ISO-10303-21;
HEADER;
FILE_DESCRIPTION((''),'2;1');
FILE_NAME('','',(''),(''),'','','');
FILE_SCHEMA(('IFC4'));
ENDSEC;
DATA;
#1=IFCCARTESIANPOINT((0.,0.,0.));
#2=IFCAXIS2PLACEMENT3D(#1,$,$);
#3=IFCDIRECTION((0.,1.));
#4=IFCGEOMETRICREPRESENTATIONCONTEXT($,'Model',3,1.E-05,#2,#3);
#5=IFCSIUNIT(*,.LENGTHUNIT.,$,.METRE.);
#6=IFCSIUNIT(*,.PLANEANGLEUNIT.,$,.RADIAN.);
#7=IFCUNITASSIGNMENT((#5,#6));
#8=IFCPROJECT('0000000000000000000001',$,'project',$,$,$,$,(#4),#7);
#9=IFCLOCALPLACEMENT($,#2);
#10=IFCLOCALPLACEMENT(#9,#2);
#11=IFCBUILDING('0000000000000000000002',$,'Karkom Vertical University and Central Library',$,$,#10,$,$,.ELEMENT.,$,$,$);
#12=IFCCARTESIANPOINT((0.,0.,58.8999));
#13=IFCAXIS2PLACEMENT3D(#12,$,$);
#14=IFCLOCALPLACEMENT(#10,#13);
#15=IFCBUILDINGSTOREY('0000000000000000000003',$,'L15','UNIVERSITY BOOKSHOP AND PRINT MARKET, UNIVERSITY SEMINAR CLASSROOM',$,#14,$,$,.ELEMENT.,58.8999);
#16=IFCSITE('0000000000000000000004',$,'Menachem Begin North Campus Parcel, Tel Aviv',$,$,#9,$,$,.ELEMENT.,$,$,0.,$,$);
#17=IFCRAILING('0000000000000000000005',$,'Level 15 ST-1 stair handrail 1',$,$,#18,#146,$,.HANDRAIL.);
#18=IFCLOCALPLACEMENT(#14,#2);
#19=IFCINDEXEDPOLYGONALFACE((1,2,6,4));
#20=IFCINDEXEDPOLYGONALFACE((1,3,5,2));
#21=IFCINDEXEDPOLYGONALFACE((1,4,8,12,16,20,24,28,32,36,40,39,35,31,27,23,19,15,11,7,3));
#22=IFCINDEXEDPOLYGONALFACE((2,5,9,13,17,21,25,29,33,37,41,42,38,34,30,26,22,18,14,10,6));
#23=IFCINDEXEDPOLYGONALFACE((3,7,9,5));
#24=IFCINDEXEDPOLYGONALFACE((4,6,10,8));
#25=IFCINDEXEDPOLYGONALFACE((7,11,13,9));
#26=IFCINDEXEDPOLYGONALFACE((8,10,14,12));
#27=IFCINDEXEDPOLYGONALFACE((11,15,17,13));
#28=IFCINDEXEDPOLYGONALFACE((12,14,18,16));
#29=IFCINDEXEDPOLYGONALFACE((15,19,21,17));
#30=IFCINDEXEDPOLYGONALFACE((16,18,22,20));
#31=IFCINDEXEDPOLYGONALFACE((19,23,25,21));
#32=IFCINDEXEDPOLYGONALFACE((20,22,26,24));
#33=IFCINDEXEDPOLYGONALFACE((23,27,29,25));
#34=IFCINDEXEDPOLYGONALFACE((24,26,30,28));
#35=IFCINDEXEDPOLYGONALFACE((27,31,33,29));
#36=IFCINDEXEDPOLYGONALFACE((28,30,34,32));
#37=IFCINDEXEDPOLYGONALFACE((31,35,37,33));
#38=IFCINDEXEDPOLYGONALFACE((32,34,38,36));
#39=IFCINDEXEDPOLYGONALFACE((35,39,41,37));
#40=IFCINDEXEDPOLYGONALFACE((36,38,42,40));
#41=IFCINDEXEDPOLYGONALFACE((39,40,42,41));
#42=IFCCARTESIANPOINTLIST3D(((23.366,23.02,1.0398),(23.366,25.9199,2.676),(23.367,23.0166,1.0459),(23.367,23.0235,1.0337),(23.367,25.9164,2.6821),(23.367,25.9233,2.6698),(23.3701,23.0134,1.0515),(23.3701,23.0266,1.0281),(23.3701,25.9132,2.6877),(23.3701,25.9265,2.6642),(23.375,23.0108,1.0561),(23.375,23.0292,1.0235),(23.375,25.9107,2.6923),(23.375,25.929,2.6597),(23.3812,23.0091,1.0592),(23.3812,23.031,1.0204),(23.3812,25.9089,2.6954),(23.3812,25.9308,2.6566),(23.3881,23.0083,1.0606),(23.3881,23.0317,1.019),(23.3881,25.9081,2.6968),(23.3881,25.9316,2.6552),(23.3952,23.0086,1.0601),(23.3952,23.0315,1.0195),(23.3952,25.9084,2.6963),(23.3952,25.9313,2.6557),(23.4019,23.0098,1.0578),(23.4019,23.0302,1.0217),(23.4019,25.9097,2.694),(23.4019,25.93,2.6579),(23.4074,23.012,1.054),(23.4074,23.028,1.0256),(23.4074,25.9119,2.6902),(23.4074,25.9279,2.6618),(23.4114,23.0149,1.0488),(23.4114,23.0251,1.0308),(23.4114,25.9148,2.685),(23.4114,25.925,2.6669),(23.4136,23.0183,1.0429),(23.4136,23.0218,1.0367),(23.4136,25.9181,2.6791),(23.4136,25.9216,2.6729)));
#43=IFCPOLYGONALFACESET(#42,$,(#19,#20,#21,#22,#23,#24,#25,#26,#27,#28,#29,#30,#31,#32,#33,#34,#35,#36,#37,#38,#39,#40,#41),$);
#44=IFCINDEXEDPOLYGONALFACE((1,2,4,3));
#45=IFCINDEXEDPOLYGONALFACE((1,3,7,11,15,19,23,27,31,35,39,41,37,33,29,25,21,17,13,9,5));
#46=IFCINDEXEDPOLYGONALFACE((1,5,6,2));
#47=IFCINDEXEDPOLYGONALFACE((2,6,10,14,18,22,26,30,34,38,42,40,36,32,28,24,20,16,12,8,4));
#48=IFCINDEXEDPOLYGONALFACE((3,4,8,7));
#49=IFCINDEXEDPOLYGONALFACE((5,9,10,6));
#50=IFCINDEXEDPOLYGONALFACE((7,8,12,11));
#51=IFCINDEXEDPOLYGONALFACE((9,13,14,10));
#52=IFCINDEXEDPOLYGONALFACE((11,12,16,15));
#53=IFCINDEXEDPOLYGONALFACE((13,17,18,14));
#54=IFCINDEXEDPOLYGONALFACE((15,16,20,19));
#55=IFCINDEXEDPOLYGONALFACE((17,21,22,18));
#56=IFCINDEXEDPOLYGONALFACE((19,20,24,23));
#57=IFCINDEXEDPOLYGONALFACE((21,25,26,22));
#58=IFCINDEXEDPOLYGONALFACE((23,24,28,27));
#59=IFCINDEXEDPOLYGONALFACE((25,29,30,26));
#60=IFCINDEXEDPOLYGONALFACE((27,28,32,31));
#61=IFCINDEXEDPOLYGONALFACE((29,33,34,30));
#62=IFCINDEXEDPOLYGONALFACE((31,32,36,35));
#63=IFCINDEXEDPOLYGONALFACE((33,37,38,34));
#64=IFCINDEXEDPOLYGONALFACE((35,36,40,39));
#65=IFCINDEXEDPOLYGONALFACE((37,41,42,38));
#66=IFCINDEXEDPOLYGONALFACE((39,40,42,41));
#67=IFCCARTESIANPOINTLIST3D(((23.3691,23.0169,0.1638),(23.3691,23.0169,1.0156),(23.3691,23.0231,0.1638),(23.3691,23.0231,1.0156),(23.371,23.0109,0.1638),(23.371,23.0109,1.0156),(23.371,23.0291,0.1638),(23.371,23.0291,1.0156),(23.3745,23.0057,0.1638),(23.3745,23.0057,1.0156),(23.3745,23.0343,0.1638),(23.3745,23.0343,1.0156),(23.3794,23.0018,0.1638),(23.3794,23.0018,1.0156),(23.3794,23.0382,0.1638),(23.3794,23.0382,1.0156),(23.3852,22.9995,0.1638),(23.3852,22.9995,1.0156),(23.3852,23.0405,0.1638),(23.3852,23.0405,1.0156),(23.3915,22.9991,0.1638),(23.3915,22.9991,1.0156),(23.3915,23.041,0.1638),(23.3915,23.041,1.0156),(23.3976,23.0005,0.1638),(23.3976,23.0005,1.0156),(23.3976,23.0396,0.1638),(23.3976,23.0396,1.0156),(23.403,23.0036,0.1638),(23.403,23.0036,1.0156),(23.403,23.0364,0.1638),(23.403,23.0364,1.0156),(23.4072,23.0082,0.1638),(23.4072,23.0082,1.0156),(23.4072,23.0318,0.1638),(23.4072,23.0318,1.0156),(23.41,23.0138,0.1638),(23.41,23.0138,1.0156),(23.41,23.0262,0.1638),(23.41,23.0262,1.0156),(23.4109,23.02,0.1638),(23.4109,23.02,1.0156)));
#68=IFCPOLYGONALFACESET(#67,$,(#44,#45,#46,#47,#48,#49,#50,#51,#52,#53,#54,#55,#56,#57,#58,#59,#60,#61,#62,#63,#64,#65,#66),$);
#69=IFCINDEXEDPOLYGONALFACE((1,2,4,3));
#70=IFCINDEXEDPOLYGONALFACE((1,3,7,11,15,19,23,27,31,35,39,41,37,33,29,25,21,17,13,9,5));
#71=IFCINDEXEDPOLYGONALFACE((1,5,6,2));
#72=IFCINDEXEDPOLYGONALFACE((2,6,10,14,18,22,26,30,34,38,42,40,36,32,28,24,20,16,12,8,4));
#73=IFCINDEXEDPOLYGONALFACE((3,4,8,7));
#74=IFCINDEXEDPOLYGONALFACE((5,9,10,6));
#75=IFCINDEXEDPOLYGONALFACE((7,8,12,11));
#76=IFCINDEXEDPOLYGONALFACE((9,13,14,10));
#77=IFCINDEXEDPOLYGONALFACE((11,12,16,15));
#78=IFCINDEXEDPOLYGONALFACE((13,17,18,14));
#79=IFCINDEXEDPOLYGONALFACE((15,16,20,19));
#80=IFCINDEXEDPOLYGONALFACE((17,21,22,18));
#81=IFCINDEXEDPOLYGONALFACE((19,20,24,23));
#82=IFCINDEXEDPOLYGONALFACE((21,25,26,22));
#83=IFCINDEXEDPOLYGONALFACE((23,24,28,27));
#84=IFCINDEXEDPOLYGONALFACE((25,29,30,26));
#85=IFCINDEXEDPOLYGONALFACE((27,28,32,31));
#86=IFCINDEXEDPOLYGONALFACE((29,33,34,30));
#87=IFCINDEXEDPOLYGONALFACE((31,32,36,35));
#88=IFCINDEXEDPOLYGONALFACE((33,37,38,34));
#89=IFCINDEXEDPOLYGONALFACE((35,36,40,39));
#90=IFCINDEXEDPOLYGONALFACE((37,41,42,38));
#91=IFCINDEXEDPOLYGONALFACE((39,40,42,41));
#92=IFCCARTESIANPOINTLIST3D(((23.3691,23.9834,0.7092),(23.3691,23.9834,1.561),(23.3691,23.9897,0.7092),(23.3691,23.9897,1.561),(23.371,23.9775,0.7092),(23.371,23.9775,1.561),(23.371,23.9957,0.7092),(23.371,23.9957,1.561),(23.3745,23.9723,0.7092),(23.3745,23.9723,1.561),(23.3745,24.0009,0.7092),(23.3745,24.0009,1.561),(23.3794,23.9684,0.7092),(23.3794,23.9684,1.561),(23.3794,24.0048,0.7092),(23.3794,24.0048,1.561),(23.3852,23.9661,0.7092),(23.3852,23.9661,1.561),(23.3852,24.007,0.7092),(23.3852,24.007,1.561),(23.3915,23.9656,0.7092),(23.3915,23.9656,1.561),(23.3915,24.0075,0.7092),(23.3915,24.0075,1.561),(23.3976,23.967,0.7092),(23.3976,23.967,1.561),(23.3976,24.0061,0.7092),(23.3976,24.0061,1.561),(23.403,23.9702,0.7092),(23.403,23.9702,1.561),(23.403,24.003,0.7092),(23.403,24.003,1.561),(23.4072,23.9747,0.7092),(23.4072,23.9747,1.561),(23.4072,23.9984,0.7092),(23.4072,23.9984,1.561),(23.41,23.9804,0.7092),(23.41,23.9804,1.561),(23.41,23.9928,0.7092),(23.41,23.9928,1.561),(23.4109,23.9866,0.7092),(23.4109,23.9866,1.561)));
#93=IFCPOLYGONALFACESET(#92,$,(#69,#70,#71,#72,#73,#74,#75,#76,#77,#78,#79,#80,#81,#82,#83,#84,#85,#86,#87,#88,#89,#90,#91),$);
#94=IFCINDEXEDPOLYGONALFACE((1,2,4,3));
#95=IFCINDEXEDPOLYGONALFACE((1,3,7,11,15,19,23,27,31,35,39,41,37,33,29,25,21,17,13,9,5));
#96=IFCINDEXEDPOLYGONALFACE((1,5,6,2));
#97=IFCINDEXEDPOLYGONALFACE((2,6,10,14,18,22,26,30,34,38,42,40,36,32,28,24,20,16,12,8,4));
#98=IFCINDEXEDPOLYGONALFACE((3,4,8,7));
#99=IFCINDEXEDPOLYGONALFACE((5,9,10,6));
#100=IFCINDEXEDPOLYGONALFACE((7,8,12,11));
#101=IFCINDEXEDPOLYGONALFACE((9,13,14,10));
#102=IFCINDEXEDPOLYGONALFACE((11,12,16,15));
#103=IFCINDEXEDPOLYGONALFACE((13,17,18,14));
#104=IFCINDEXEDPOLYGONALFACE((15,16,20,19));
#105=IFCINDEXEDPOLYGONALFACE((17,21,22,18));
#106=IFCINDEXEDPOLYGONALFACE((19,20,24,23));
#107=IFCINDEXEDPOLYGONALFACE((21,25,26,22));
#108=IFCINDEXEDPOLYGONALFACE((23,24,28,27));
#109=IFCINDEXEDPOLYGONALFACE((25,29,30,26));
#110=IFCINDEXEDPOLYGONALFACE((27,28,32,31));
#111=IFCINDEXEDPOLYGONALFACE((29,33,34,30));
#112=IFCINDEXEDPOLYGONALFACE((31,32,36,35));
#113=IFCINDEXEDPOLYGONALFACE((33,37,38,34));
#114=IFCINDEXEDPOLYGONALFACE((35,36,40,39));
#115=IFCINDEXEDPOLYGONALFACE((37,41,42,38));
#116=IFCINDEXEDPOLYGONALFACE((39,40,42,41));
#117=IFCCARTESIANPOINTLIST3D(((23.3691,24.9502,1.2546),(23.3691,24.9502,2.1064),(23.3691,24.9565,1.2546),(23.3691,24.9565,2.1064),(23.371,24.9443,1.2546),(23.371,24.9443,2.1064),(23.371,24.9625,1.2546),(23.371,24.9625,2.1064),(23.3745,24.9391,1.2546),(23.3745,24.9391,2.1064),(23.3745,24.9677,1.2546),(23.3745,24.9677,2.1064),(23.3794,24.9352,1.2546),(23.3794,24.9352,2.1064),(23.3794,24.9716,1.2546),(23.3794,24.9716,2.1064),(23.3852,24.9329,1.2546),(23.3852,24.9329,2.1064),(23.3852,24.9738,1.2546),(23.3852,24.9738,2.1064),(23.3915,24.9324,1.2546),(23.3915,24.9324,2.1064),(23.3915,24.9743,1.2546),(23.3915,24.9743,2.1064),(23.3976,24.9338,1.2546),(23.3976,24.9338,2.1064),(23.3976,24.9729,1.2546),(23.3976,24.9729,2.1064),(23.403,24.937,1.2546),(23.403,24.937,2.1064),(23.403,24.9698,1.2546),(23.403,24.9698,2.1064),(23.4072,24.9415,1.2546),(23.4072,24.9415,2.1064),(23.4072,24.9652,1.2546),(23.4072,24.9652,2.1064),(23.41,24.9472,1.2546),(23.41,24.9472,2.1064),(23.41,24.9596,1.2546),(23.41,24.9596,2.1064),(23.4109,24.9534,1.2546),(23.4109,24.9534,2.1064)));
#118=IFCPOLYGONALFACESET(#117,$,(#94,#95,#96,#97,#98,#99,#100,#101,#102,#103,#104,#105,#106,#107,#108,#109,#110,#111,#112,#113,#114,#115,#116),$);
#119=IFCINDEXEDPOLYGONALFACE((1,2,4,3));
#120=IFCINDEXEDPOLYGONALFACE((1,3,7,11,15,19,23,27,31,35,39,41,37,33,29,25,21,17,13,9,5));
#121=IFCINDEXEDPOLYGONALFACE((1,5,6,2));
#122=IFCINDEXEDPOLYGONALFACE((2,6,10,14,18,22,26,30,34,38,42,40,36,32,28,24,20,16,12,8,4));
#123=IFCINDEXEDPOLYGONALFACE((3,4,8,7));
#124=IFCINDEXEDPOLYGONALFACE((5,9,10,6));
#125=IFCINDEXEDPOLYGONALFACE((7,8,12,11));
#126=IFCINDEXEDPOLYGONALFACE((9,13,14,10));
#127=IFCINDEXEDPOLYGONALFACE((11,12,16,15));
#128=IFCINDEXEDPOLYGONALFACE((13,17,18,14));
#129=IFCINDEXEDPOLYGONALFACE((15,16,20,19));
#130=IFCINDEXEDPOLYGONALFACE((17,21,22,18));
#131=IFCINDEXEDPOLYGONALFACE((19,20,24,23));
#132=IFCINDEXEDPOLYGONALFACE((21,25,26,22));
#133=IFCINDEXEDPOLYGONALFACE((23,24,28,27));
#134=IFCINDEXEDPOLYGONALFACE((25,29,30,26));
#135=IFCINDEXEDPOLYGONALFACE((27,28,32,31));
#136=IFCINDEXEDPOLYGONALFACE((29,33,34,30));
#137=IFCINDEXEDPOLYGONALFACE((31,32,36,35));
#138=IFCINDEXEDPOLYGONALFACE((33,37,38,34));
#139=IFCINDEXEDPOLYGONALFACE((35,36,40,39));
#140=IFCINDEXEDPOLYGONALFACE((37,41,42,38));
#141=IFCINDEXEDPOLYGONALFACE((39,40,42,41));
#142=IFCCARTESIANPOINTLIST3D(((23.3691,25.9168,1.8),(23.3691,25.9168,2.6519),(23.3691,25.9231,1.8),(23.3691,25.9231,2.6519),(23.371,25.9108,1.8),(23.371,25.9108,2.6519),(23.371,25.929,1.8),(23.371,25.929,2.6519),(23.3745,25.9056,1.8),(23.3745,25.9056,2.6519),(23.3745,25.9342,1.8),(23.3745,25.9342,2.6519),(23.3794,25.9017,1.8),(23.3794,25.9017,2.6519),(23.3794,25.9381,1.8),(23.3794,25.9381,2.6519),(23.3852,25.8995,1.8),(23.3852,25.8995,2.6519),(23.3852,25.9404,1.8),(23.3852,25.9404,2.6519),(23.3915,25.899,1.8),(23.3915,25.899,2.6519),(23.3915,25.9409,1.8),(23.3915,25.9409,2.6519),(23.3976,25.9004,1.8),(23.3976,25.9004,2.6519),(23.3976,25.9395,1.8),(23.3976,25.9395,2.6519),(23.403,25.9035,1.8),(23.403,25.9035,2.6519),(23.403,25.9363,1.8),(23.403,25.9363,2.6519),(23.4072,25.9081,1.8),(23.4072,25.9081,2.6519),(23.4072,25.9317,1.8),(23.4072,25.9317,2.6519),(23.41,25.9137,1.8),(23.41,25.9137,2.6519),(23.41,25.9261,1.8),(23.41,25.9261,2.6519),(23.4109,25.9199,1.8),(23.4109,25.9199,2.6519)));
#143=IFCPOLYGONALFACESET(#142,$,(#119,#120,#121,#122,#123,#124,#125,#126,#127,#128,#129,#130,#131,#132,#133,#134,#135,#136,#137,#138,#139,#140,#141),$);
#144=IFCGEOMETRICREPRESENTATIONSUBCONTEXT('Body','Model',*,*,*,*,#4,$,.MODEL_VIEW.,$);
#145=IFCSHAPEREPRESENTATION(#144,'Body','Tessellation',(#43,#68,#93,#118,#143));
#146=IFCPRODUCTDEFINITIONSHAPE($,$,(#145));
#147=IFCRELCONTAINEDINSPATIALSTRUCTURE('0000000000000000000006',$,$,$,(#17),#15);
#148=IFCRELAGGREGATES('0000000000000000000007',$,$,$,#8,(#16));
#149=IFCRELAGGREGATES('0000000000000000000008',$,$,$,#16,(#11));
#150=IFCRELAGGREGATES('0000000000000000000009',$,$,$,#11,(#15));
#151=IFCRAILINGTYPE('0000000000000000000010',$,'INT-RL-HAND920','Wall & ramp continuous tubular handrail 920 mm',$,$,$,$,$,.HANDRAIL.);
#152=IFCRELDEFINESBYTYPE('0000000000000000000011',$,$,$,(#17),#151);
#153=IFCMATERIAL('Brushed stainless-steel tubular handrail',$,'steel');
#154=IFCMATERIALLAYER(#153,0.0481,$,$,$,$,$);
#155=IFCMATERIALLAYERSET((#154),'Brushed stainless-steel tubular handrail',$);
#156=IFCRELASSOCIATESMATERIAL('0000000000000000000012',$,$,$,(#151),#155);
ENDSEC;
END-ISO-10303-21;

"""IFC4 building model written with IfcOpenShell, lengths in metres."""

from ifc_helpers import new_model, si_unit, direction, frame, origin, origin_2d, place, context, subcontext, project, spatial, circle, extrude, material, layer, layer_set, type_object, element, save


model = new_model("IFC4")

# Units and contexts
model_context = context("Model", 3, precision=1e-05, world=origin(), true_north=direction((0.0, 1.0)))
body_context = subcontext(model_context, "Body", "Model", "MODEL_VIEW")
ifc_project = project(units=[si_unit("LENGTHUNIT", "METRE"), si_unit("PLANEANGLEUNIT", "RADIAN")], contexts=[model_context])

# Site, building, storey
site_placement = place(None, origin())
site = spatial("IfcSite", under=ifc_project, at=site_placement, Name="Menachem Begin North Campus Parcel, Tel Aviv", CompositionType="ELEMENT", RefElevation=0.0)
building_placement = place(site_placement, origin())
building = spatial("IfcBuilding", under=site, at=building_placement, Name="Karkom Vertical University and Central Library", CompositionType="ELEMENT")
storey_placement = place(building_placement, frame((0.0, 0.0, 58.8999)))
storey = spatial("IfcBuildingStorey", under=building, at=storey_placement, Name="L15", Description="UNIVERSITY BOOKSHOP AND PRINT MARKET, UNIVERSITY SEMINAR CLASSROOM", CompositionType="ELEMENT", Elevation=58.8999)

# Railing
ifc_material_1 = material(Name="Brushed stainless-steel tubular handrail", Category="steel")
ifc_layer_1 = layer(ifc_material_1, 0.0481)
ifc_layer_set_1 = layer_set([ifc_layer_1], Name="Brushed stainless-steel tubular handrail")
railing_type_1 = type_object("IfcRailingType", Name="INT-RL-HAND920", Description="Wall & ramp continuous tubular handrail 920 mm", PredefinedType="HANDRAIL", material=ifc_layer_set_1)
railing_1_placement = place(storey_placement, frame((23.3899, 23.02, 0.1638)))
element("IfcRailing", 1, at=railing_1_placement, inside=storey, type_object=railing_type_1, Name="Level 15 ST-1 stair handrail 1", PredefinedType="HANDRAIL", context=body_context, shape_type="SweptSolid", body=[
    extrude(circle(Radius=0.0239, at=origin_2d()), frame((0.0, 0.0, 0.876), z_axis=(0.0, 0.870929, 0.49141), x_axis=(-1.0, 0.0, 0.0)), (0.0, 0.0, 1.0), 3.3296),
    extrude(circle(Radius=0.021, at=origin_2d()), origin(), (0.0, 0.0, 1.0), 0.8518),
    extrude(circle(Radius=0.021, at=origin_2d()), frame((0.0, 0.9666, 0.5454)), (0.0, 0.0, 1.0), 0.8518),
    extrude(circle(Radius=0.021, at=origin_2d()), frame((0.0, 1.9333, 1.0908)), (0.0, 0.0, 1.0), 0.8518),
    extrude(circle(Radius=0.021, at=origin_2d()), frame((0.0, 2.8999, 1.6362)), (0.0, 0.0, 1.0), 0.8518),
])

save(model, "model.ifc")
